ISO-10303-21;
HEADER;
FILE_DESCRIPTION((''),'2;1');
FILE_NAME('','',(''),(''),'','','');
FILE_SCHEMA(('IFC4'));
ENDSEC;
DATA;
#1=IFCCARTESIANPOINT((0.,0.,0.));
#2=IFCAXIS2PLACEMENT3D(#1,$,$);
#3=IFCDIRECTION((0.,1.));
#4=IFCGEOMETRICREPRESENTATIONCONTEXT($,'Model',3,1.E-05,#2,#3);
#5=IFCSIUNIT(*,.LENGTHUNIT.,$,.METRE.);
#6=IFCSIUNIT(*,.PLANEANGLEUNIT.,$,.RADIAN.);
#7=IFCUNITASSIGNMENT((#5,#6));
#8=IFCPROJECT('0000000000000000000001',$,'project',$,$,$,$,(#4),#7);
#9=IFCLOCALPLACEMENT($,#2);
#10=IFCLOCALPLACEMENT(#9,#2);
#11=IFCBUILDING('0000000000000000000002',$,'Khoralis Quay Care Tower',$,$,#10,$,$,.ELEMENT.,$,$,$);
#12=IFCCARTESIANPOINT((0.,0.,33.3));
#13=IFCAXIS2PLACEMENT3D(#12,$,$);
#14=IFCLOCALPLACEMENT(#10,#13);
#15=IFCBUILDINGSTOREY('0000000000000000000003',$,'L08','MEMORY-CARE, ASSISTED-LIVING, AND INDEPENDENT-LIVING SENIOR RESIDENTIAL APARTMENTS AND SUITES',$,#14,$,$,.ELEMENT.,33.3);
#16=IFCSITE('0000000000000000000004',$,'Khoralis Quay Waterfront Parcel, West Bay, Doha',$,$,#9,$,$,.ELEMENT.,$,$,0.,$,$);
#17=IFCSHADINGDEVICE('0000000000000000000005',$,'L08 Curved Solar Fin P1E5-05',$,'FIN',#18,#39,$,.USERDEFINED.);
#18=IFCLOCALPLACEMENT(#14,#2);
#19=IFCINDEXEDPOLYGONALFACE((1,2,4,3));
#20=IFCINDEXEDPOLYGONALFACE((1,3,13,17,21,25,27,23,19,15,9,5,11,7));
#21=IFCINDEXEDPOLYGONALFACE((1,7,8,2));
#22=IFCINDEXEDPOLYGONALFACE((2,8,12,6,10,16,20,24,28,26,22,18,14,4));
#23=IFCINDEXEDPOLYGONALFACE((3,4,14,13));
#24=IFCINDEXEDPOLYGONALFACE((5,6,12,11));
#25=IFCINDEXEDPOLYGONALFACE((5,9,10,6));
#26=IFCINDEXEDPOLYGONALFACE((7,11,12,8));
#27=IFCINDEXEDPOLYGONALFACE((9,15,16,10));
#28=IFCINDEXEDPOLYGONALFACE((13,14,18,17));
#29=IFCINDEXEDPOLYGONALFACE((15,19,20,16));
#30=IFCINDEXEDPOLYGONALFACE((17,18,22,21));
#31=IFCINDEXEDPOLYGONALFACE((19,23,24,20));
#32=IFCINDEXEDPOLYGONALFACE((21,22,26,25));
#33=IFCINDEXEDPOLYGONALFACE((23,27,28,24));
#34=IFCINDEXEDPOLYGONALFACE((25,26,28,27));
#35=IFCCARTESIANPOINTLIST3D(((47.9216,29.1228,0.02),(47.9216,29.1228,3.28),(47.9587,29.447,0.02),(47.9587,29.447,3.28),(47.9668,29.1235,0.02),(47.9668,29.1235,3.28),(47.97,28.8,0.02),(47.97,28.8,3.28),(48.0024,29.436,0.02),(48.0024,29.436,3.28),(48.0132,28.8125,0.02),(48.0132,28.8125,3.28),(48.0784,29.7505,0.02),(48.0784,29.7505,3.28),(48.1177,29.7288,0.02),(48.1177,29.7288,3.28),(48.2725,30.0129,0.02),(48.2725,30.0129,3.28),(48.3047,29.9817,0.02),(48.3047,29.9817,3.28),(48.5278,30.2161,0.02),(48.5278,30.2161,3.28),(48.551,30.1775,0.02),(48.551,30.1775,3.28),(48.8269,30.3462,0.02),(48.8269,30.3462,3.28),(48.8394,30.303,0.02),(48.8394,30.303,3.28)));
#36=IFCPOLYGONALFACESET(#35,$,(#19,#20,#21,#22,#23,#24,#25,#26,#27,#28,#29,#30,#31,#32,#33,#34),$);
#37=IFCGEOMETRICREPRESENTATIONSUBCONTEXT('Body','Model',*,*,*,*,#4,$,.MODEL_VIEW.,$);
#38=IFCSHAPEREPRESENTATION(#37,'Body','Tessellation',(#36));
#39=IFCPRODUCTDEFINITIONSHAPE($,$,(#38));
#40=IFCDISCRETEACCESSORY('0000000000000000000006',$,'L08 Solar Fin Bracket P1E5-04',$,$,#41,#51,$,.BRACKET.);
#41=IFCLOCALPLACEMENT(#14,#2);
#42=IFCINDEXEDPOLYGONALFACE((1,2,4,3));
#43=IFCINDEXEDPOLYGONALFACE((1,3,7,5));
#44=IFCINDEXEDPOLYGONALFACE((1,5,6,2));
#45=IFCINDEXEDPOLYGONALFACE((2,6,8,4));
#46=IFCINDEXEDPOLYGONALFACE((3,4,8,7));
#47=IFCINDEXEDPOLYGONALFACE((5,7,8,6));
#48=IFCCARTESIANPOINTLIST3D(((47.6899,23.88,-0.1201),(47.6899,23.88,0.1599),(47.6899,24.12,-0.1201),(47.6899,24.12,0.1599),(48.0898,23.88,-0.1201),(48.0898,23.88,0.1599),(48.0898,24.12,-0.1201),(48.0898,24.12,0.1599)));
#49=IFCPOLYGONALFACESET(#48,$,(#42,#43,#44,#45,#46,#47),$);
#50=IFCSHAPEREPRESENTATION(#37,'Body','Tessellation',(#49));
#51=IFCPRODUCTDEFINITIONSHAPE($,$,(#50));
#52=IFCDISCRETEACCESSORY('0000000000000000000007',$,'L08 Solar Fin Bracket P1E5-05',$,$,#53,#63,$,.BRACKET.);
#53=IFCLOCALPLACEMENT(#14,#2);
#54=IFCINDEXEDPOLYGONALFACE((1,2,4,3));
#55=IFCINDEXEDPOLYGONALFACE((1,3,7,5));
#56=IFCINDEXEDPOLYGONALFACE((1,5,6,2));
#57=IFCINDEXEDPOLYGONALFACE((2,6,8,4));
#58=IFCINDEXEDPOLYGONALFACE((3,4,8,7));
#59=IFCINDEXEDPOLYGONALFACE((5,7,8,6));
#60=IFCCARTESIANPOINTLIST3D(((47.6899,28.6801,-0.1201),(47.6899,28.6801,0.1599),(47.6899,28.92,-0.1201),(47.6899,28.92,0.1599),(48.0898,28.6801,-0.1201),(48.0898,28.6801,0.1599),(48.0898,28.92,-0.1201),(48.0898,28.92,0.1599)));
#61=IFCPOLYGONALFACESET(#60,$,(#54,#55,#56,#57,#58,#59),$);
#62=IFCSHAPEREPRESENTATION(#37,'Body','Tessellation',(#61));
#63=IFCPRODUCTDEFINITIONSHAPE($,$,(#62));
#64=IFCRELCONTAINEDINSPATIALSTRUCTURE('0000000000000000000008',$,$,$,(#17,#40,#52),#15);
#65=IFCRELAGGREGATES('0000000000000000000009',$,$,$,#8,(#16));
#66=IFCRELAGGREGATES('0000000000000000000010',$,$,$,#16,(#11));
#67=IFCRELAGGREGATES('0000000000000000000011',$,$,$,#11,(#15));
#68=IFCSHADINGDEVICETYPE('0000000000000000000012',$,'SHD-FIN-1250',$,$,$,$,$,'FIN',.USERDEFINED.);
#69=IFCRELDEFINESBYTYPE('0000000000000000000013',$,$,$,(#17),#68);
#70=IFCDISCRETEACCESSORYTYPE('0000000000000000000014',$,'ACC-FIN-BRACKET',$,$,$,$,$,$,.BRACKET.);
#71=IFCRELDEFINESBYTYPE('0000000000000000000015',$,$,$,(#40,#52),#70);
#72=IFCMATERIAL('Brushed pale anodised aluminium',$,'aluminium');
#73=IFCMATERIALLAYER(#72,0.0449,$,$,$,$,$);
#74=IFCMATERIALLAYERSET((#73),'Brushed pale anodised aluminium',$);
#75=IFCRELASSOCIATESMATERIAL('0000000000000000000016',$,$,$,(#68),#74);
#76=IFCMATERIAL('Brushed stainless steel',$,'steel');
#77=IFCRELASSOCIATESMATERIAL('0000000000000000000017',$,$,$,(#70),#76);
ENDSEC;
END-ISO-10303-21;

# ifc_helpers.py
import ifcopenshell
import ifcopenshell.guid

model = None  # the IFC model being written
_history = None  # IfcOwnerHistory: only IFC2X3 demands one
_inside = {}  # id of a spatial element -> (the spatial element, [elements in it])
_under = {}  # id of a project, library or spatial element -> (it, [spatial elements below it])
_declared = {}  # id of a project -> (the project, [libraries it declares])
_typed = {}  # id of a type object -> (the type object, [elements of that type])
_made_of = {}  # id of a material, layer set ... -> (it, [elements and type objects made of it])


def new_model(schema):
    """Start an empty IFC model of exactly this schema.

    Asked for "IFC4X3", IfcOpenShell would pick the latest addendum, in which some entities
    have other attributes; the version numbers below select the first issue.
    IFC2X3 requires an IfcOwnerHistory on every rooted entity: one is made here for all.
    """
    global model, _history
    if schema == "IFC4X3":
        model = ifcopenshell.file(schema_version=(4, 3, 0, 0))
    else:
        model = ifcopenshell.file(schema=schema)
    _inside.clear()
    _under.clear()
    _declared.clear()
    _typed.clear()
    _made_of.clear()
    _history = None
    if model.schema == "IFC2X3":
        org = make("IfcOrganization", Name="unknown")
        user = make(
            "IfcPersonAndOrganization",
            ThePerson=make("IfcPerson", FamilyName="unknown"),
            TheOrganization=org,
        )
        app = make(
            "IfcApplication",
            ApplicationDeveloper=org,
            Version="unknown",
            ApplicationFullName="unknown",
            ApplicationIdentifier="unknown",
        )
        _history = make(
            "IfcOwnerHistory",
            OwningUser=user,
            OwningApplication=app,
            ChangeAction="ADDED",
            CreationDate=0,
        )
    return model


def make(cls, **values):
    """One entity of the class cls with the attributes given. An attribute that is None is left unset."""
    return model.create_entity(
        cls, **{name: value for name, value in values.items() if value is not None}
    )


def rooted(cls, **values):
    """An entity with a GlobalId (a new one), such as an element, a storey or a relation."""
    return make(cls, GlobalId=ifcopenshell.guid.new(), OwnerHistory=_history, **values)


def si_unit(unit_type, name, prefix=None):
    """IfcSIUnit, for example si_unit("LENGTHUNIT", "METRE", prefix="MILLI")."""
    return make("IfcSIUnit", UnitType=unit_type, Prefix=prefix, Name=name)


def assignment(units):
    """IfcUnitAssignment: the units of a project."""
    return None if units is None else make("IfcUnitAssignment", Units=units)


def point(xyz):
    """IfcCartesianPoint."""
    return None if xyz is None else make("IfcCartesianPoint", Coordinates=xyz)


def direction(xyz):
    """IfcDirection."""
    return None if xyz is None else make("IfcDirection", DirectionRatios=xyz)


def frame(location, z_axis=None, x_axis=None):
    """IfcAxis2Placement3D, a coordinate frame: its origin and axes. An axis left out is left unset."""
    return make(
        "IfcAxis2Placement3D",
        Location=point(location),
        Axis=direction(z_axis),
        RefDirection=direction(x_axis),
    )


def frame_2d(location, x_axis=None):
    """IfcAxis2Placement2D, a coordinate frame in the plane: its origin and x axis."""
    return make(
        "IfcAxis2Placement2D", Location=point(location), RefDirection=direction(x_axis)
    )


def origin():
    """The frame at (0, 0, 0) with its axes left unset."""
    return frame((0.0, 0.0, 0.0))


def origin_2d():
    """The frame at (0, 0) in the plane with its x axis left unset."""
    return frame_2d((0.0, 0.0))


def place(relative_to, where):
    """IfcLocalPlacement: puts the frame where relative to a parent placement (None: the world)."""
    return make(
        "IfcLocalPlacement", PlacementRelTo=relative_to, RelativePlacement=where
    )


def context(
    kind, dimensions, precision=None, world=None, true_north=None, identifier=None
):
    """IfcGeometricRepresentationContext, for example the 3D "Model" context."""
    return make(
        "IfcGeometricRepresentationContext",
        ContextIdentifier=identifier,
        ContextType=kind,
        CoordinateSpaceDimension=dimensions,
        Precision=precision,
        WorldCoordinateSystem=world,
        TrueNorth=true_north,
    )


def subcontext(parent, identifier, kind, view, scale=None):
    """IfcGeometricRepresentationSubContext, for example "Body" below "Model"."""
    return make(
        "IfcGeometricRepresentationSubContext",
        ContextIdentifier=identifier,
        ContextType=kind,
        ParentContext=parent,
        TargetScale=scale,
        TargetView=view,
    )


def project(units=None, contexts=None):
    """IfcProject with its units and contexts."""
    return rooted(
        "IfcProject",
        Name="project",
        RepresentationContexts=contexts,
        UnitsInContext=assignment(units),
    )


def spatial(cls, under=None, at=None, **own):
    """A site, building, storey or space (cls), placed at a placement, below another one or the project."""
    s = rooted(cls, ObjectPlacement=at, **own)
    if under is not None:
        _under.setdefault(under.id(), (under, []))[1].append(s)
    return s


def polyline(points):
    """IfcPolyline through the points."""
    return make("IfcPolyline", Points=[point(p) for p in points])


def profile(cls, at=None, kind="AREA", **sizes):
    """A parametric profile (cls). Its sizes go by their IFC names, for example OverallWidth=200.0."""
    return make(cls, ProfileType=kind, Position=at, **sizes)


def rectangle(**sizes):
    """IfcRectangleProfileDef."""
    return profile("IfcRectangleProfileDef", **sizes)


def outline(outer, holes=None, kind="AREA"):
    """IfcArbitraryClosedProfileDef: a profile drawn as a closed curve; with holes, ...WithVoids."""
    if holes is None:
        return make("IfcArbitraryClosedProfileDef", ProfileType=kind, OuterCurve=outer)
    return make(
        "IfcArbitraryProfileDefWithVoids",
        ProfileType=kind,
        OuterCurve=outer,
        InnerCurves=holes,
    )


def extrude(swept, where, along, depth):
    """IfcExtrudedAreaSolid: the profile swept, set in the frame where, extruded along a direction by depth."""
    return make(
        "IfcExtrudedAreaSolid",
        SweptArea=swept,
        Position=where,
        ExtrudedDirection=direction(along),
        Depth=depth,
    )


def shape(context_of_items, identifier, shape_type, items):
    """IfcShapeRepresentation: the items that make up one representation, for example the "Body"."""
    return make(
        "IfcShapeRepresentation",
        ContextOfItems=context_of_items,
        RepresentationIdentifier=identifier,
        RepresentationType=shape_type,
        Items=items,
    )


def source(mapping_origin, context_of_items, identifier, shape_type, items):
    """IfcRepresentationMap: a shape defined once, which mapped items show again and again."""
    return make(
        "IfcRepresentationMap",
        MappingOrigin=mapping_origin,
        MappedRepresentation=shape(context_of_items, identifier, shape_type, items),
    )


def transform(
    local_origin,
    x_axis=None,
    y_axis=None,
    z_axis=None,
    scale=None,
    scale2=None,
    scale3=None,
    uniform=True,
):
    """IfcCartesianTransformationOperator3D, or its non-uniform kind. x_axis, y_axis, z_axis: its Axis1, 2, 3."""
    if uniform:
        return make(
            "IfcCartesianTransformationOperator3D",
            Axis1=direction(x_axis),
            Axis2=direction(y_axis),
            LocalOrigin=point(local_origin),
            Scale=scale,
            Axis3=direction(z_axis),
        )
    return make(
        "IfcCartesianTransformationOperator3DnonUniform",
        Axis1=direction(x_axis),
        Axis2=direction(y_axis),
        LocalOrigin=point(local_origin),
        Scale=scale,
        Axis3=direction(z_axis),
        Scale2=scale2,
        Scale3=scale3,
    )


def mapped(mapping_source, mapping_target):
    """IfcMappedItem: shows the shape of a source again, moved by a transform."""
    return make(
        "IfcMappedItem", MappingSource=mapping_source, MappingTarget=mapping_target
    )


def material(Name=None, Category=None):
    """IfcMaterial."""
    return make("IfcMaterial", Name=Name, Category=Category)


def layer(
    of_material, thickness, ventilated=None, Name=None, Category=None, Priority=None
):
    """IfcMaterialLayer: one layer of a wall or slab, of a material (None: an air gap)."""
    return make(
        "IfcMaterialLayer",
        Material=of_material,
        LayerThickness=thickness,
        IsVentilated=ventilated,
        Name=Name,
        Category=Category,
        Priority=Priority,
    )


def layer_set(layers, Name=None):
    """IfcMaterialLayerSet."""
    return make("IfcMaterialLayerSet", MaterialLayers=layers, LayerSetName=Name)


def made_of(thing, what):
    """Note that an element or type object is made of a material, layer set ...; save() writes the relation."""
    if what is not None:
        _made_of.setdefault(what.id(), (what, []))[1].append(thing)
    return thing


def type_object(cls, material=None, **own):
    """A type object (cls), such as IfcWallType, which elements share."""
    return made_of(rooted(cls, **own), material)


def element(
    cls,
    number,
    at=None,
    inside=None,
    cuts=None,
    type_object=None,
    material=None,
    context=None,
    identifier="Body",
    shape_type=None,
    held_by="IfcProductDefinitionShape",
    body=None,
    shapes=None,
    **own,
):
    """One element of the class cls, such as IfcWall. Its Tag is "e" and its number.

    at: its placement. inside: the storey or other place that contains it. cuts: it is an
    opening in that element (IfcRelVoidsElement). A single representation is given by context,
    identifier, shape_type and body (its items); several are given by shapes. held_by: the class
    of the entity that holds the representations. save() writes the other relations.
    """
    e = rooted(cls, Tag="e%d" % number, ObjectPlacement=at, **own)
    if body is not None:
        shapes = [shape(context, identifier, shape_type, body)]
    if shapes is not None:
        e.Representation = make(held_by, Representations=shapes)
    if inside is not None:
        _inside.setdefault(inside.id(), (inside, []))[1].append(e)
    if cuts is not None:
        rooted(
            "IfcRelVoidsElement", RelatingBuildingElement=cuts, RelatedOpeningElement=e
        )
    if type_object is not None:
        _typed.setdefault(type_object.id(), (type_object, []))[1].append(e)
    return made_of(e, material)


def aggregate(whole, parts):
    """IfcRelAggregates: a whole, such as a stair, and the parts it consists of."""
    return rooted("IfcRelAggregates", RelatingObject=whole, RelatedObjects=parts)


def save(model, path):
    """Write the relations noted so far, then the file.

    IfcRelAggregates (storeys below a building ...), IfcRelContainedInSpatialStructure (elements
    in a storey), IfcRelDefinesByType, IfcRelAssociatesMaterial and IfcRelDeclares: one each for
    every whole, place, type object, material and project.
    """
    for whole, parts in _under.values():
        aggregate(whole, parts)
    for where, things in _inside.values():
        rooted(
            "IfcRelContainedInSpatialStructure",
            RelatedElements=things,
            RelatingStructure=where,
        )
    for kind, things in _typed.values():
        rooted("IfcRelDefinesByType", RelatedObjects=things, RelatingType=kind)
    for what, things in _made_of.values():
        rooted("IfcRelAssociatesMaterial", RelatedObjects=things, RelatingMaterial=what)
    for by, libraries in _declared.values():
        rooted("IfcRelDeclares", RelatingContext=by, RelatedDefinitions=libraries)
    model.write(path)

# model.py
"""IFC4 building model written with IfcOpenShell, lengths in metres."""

from ifc_helpers import new_model, si_unit, direction, frame, origin, origin_2d, place, context, subcontext, project, spatial, polyline, rectangle, outline, extrude, source, transform, mapped, material, layer, layer_set, type_object, element, save


model = new_model("IFC4")

# Units and contexts
model_context = context("Model", 3, precision=1e-05, world=origin(), true_north=direction((0.0, 1.0)))
body_context = subcontext(model_context, "Body", "Model", "MODEL_VIEW")
ifc_project = project(units=[si_unit("LENGTHUNIT", "METRE"), si_unit("PLANEANGLEUNIT", "RADIAN")], contexts=[model_context])

# Site, building, storey
site_placement = place(None, origin())
site = spatial("IfcSite", under=ifc_project, at=site_placement, Name="Khoralis Quay Waterfront Parcel, West Bay, Doha", CompositionType="ELEMENT", RefElevation=0.0)
building_placement = place(site_placement, origin())
building = spatial("IfcBuilding", under=site, at=building_placement, Name="Khoralis Quay Care Tower", CompositionType="ELEMENT")
storey_placement = place(building_placement, frame((0.0, 0.0, 33.3)))
storey = spatial("IfcBuildingStorey", under=building, at=storey_placement, Name="L08", Description="MEMORY-CARE, ASSISTED-LIVING, AND INDEPENDENT-LIVING SENIOR RESIDENTIAL APARTMENTS AND SUITES", CompositionType="ELEMENT", Elevation=33.3)

# Shading device
ifc_material_1 = material(Name="Brushed pale anodised aluminium", Category="aluminium")
ifc_layer_1 = layer(ifc_material_1, 0.0449)
ifc_layer_set_1 = layer_set([ifc_layer_1], Name="Brushed pale anodised aluminium")
shading_device_type = type_object("IfcShadingDeviceType", Name="SHD-FIN-1250", ElementType="FIN", PredefinedType="USERDEFINED", material=ifc_layer_set_1)
shared_shape_1 = source(origin(), body_context, "Body", "SweptSolid", [
    extrude(outline(polyline([(0.0, 0.0), (-0.0483, 0.3228), (-0.0112, 0.647), (0.1084, 0.9504), (0.3025, 1.2129), (0.5579, 1.416), (0.8569, 1.5461), (0.8694, 1.5029), (0.5811, 1.3774), (0.3347, 1.1816), (0.1477, 0.9287), (0.0325, 0.636), (-0.0032, 0.3235), (0.0432, 0.0125), (0.0, 0.0)])), origin(), (0.0, 0.0, 1.0), 3.26),
])
for number, where, z_axis, x_axis, name in (
    (1, (47.97, 28.8, 0.02), (0.0, 0.0, 1.0), (1.0, 0.0, 0.0), "L08 Curved Solar Fin P1E5-05"),
):
    element("IfcShadingDevice", number, at=place(storey_placement, frame(where, z_axis=z_axis, x_axis=x_axis)), inside=storey, type_object=shading_device_type, Name=name, ObjectType="FIN", PredefinedType="USERDEFINED", context=body_context, shape_type="MappedRepresentation", body=[
        mapped(shared_shape_1, transform((0.0, 0.0, 0.0), scale=1.0)),
    ])

# Discrete accessories
ifc_material_2 = material(Name="Brushed stainless steel", Category="steel")
discrete_accessory_type = type_object("IfcDiscreteAccessoryType", Name="ACC-FIN-BRACKET", PredefinedType="BRACKET", material=ifc_material_2)
shared_shape_2 = source(origin(), body_context, "Body", "SweptSolid", [
    extrude(rectangle(XDim=0.3999, YDim=0.24, at=origin_2d()), origin(), (0.0, 0.0, 1.0), 0.28),
])
for number, where, z_axis, x_axis, name in (
    (2, (47.8899, 24.0, -0.1201), (0.0, 0.0, 1.0), (1.0, 0.0, 0.0), "L08 Solar Fin Bracket P1E5-04"),
    (3, (47.8899, 28.8, -0.1201), (0.0, 0.0, 1.0), (1.0, 0.0, 0.0), "L08 Solar Fin Bracket P1E5-05"),
):
    element("IfcDiscreteAccessory", number, at=place(storey_placement, frame(where, z_axis=z_axis, x_axis=x_axis)), inside=storey, type_object=discrete_accessory_type, Name=name, PredefinedType="BRACKET", context=body_context, shape_type="MappedRepresentation", body=[
        mapped(shared_shape_2, transform((0.0, 0.0, 0.0), scale=1.0)),
    ])

save(model, "model.ifc")
